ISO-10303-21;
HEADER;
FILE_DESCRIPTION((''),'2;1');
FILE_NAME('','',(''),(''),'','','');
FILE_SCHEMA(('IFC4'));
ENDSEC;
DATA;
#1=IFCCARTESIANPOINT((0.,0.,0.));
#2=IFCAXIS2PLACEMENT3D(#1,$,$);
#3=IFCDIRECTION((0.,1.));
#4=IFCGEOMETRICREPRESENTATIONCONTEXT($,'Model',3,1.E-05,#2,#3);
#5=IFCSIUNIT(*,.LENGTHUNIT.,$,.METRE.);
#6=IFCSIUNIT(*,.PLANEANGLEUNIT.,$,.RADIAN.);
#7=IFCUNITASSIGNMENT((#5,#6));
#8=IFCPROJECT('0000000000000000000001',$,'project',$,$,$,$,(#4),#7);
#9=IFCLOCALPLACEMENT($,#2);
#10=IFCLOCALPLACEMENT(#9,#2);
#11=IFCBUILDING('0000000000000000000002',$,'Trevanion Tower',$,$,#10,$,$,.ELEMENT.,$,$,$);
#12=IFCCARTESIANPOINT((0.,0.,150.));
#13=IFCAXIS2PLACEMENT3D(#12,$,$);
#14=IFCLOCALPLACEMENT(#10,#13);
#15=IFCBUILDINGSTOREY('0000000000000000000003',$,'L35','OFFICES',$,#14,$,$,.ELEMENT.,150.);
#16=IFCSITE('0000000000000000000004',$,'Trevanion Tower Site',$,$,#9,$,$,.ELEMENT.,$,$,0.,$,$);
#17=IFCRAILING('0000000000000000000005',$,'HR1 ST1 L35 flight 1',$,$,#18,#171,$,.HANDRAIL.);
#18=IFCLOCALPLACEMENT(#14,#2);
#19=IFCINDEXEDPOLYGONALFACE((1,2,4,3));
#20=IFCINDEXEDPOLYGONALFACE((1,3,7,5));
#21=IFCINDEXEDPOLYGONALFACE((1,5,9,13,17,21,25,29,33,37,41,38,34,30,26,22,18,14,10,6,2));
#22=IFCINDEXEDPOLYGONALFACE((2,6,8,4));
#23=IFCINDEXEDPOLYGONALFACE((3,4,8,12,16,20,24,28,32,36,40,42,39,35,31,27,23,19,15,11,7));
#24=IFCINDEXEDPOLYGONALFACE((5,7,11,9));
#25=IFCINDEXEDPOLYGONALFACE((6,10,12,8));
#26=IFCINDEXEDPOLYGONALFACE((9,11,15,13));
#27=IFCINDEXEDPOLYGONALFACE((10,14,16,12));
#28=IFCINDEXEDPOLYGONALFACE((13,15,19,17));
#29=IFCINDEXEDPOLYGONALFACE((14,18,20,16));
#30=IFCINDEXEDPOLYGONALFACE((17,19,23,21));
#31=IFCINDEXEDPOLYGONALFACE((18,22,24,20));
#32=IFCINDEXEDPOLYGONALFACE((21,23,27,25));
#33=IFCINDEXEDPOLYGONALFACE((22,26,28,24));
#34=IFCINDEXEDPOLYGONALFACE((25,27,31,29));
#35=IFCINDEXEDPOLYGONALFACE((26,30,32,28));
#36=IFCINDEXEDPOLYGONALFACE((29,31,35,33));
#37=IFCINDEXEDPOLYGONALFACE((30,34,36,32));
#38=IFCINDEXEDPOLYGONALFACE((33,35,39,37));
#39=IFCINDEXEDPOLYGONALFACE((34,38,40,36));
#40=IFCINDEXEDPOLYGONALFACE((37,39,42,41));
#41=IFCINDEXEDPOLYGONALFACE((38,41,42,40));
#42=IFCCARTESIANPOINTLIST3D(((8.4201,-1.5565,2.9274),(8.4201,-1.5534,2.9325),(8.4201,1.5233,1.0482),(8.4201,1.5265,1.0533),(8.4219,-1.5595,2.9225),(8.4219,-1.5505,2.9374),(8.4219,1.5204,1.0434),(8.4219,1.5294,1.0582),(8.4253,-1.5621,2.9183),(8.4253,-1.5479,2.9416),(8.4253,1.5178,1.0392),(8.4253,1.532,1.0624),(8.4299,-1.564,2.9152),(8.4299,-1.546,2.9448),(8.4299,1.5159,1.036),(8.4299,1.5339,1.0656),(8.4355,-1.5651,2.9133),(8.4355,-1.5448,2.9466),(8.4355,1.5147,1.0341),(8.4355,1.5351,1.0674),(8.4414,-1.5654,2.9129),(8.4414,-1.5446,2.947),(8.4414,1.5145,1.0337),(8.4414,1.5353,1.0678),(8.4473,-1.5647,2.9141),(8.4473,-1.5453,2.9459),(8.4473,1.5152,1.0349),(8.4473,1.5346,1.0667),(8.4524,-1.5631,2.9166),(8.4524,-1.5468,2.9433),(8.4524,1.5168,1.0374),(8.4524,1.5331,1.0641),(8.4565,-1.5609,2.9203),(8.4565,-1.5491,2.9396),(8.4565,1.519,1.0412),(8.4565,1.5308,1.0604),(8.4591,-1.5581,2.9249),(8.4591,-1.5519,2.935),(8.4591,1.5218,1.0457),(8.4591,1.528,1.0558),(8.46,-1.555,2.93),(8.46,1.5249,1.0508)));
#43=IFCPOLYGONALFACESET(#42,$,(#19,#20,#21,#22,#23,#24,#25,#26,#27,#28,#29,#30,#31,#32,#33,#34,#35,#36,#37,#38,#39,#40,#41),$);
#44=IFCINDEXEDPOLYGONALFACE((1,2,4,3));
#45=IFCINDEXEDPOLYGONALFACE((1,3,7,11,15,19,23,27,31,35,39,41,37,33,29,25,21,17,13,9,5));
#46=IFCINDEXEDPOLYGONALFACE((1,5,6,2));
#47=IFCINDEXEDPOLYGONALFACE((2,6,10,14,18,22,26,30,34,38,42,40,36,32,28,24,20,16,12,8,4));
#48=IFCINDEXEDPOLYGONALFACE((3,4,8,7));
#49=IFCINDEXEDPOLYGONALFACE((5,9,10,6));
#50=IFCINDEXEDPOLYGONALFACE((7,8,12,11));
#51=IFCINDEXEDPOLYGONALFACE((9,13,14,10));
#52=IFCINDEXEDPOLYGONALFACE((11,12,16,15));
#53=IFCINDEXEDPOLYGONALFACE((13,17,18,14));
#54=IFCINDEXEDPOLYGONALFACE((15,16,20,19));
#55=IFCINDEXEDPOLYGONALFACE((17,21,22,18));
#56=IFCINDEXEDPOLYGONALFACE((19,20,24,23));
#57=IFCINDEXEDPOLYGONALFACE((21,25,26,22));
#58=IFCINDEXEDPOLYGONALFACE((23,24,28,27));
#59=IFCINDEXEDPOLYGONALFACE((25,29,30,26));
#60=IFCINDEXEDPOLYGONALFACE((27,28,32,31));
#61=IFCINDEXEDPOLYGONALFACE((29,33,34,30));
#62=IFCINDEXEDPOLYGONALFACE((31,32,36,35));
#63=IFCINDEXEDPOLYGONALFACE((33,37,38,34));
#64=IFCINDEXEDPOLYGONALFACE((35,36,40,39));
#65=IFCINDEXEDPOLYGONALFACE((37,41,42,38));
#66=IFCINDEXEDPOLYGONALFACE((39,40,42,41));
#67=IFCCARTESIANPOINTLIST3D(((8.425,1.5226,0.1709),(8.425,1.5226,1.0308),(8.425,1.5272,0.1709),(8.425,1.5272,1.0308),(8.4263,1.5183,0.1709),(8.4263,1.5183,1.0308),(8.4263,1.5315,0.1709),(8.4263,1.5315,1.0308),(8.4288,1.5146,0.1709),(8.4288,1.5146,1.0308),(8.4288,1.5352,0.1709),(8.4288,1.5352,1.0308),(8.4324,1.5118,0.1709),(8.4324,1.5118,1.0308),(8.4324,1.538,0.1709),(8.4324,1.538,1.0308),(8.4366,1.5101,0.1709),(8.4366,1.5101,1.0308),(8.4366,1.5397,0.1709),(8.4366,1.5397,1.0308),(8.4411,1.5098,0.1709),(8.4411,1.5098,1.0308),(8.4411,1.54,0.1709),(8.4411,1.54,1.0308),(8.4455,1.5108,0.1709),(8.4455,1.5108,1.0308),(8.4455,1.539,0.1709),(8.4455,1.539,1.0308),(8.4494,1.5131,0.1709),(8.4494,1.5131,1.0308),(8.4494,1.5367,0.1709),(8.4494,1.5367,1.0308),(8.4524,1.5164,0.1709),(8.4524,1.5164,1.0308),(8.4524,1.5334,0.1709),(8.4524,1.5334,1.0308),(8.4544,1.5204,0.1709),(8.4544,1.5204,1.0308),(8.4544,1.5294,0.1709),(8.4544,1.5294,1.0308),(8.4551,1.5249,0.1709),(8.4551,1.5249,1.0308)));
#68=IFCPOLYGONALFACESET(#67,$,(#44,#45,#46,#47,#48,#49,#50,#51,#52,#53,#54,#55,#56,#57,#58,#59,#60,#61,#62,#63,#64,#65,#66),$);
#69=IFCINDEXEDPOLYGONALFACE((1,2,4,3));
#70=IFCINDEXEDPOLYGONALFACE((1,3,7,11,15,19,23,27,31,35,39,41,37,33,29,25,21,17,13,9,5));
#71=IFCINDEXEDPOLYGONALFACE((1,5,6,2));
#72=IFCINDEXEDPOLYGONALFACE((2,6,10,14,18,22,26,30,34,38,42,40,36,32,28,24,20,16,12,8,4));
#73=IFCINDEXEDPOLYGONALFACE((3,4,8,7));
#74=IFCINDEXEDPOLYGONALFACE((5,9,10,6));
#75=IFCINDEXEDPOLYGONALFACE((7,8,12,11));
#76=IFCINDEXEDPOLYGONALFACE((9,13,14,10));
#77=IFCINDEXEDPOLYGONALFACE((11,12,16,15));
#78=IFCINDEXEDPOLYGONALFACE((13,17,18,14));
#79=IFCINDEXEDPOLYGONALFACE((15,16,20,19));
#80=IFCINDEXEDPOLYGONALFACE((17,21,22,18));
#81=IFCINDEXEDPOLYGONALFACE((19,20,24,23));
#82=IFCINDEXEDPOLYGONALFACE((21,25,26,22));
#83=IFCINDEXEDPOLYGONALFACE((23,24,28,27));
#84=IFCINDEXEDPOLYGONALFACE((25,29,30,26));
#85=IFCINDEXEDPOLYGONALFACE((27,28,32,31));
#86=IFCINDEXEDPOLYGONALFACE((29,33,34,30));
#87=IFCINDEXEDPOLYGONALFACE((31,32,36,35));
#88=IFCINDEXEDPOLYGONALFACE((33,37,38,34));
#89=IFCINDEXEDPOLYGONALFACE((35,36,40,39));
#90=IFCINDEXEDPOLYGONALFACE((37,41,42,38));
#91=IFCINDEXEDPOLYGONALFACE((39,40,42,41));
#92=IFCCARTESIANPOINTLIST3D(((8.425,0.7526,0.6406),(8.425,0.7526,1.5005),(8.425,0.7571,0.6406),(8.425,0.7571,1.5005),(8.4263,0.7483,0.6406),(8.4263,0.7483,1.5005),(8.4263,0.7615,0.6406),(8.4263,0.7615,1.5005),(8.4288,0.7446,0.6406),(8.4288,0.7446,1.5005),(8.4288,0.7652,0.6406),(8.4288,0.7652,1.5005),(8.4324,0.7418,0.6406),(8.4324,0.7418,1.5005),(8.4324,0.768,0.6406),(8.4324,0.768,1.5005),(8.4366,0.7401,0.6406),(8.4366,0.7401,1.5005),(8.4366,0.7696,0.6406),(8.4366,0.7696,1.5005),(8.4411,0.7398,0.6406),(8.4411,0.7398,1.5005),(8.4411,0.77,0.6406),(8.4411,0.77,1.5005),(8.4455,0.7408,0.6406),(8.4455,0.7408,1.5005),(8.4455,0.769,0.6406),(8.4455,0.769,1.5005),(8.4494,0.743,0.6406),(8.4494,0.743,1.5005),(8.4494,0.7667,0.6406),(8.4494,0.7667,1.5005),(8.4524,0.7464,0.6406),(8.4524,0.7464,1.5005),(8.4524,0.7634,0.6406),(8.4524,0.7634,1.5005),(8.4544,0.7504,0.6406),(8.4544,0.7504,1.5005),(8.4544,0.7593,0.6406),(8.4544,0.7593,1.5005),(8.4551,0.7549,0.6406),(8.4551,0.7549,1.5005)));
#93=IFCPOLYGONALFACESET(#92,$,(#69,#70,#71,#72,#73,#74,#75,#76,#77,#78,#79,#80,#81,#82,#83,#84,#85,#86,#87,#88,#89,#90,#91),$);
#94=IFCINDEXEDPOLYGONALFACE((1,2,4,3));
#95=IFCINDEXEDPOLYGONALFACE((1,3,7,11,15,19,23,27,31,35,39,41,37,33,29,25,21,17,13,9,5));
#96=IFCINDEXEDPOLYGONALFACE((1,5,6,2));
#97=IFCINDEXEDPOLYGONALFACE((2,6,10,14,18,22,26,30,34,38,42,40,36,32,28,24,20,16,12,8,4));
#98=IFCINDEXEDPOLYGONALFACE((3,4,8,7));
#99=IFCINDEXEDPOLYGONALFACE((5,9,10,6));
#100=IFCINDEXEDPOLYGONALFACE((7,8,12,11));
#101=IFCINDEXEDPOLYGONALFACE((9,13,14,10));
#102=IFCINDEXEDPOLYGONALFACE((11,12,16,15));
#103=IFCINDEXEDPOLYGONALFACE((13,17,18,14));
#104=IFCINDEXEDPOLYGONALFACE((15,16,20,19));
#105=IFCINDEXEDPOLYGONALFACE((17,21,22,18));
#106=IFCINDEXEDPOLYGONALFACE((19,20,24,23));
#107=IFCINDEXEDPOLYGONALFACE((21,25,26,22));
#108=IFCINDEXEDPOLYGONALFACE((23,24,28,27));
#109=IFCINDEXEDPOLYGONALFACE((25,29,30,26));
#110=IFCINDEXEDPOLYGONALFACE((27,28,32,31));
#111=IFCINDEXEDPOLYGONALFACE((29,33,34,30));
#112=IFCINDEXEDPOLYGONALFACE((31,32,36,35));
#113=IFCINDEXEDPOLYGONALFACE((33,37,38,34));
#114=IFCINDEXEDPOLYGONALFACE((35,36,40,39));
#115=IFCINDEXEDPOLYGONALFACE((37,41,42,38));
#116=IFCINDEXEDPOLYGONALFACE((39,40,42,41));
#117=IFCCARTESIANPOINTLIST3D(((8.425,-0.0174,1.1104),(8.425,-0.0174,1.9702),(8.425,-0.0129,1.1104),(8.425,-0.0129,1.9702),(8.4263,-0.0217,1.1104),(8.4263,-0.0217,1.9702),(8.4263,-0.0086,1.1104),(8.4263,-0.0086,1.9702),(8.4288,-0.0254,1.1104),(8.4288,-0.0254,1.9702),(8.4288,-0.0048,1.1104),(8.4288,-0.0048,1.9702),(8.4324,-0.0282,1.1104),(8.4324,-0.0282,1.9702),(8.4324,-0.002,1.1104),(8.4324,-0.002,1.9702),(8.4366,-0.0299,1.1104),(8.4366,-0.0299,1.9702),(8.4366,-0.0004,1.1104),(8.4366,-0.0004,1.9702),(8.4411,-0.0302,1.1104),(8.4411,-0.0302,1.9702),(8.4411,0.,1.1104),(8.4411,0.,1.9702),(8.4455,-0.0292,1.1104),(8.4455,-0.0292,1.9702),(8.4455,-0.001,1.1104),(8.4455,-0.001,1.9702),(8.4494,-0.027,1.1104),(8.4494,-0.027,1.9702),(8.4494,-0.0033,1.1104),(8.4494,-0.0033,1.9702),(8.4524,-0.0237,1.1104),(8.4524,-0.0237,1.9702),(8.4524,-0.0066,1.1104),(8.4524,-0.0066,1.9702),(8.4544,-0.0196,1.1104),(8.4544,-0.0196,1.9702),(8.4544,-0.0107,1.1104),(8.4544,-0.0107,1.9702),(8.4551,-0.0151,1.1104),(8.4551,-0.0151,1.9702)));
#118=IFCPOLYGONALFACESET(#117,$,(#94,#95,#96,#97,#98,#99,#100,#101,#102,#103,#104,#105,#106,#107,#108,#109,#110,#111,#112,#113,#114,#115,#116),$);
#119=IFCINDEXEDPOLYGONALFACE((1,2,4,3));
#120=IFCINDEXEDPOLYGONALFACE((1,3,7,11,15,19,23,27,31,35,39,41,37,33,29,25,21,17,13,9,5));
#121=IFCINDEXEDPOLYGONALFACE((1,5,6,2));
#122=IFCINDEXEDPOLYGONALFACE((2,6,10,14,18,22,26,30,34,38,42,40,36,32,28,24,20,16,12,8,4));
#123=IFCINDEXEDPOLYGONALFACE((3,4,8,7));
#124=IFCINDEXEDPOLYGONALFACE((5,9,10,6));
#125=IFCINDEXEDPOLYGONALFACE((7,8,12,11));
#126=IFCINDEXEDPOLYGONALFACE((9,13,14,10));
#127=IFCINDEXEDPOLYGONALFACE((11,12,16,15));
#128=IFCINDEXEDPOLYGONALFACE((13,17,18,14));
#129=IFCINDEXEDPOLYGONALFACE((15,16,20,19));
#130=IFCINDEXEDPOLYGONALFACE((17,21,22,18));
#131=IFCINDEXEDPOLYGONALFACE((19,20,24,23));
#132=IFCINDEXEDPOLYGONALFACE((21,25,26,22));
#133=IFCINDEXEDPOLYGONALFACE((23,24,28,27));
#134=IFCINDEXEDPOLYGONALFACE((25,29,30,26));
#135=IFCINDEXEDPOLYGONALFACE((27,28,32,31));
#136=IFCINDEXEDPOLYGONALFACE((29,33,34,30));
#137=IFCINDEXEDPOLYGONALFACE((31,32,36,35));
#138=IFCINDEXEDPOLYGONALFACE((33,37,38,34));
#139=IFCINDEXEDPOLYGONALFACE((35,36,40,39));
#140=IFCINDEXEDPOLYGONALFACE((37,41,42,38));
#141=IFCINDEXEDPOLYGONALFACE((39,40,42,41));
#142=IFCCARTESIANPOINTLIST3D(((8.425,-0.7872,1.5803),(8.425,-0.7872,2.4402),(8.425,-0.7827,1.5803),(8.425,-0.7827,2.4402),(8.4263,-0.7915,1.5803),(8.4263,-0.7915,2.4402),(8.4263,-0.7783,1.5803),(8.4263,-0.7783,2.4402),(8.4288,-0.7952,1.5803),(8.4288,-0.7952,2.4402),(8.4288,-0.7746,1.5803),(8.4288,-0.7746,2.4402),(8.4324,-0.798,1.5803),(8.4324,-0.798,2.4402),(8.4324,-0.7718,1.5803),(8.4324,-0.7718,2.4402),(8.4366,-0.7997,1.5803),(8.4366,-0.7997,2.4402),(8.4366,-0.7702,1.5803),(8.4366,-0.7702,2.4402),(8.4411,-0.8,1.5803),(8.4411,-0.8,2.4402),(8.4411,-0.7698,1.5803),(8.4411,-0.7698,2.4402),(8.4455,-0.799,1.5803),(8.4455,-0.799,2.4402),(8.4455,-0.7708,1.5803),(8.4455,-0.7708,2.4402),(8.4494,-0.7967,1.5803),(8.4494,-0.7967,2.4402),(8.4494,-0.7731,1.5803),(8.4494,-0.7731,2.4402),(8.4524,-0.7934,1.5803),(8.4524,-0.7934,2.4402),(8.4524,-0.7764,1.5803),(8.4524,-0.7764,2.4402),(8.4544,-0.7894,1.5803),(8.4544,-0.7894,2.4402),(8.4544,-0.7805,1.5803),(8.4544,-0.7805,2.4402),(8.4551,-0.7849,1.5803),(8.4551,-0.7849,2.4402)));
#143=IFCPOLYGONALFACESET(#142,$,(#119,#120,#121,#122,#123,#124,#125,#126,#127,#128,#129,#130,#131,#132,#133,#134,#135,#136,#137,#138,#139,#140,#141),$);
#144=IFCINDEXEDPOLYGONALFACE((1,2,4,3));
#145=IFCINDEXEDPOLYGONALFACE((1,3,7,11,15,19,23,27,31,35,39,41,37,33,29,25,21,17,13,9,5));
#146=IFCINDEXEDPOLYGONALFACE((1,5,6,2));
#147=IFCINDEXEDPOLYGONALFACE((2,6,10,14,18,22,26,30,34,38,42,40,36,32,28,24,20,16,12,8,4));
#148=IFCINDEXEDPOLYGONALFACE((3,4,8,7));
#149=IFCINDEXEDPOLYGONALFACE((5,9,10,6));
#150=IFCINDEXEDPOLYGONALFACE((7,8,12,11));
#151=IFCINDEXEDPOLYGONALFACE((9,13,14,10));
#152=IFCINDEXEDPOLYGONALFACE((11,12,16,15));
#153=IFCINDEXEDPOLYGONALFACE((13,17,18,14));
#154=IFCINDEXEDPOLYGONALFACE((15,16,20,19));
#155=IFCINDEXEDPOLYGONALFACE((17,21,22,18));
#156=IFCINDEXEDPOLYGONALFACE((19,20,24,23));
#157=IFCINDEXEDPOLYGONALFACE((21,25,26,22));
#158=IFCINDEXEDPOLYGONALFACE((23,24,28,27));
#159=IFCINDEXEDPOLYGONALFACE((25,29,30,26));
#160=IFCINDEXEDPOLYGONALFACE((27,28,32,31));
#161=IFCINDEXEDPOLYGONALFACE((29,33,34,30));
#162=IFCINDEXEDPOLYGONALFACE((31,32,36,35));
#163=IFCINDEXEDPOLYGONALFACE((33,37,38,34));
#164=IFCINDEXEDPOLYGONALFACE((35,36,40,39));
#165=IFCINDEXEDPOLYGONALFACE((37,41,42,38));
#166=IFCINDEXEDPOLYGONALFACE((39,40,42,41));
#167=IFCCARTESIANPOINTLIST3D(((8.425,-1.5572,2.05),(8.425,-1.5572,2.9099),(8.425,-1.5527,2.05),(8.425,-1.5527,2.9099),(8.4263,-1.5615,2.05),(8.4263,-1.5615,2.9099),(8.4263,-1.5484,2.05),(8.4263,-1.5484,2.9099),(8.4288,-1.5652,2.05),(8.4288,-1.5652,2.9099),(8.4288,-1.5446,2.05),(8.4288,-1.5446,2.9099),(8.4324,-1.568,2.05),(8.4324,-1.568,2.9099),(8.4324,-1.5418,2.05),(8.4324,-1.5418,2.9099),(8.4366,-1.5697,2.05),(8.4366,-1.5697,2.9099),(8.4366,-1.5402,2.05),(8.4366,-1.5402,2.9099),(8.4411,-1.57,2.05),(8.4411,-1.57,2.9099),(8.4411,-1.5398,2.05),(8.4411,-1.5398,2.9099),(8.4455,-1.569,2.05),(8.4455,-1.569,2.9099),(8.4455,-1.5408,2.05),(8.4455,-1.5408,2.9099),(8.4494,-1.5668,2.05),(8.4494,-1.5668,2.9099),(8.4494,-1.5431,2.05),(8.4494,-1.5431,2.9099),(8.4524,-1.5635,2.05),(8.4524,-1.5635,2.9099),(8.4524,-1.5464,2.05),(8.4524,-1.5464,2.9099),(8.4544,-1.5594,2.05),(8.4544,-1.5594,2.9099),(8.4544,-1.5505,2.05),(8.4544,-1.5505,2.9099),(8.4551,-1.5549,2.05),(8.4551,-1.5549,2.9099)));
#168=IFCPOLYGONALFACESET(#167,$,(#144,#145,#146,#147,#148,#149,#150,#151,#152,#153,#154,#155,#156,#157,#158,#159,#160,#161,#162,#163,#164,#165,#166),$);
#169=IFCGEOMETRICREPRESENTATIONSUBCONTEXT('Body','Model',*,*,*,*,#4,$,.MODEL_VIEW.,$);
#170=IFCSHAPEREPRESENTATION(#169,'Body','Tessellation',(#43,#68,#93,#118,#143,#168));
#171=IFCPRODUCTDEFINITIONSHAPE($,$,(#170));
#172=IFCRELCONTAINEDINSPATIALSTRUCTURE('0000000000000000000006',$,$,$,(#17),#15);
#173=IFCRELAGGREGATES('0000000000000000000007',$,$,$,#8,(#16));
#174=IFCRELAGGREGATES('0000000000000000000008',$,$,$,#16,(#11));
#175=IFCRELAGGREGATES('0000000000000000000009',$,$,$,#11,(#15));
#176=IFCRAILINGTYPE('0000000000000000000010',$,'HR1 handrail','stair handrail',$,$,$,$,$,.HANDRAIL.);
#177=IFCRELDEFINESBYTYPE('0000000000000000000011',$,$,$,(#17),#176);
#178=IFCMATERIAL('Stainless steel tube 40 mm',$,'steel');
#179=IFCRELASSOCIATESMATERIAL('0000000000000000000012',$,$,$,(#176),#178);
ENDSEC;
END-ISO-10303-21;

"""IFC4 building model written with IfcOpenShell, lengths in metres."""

from ifc_helpers import new_model, si_unit, direction, frame, origin, origin_2d, place, context, subcontext, project, spatial, circle, extrude, material, type_object, element, save


model = new_model("IFC4")

# Units and contexts
model_context = context("Model", 3, precision=1e-05, world=origin(), true_north=direction((0.0, 1.0)))
body_context = subcontext(model_context, "Body", "Model", "MODEL_VIEW")
ifc_project = project(units=[si_unit("LENGTHUNIT", "METRE"), si_unit("PLANEANGLEUNIT", "RADIAN")], contexts=[model_context])

# Site, building, storey
site_placement = place(None, origin())
site = spatial("IfcSite", under=ifc_project, at=site_placement, Name="Trevanion Tower Site", CompositionType="ELEMENT", RefElevation=0.0)
building_placement = place(site_placement, origin())
building = spatial("IfcBuilding", under=site, at=building_placement, Name="Trevanion Tower", CompositionType="ELEMENT")
storey_placement = place(building_placement, frame((0.0, 0.0, 150.0)))
storey = spatial("IfcBuildingStorey", under=building, at=storey_placement, Name="L35", Description="OFFICES", CompositionType="ELEMENT", Elevation=150.0)

# Railing
ifc_material_1 = material(Name="Stainless steel tube 40 mm", Category="steel")
railing_type = type_object("IfcRailingType", Name="HR1 handrail", Description="stair handrail", PredefinedType="HANDRAIL", material=ifc_material_1)
for number, where, name in (
    (1, (8.4399, 1.5249, 0.1709), "HR1 ST1 L35 flight 1"),
):
    element("IfcRailing", number, at=place(storey_placement, frame(where)), inside=storey, type_object=railing_type, Name=name, PredefinedType="HANDRAIL", context=body_context, shape_type="SweptSolid", body=[
        extrude(circle(Radius=0.02, at=origin_2d()), frame((0.0, 0.0, 0.8799), z_axis=(0.0, -0.853648, 0.52085), x_axis=(1.0, 0.0, 0.0)), (0.0, 0.0, 1.0), 3.6079),
        extrude(circle(Radius=0.0151, at=origin_2d()), origin(), (0.0, 0.0, 1.0), 0.8599),
        extrude(circle(Radius=0.0151, at=origin_2d()), frame((0.0, -0.77, 0.4697)), (0.0, 0.0, 1.0), 0.8599),
        extrude(circle(Radius=0.0151, at=origin_2d()), frame((0.0, -1.54, 0.9395)), (0.0, 0.0, 1.0), 0.8599),
        extrude(circle(Radius=0.0151, at=origin_2d()), frame((0.0, -2.3098, 1.4094)), (0.0, 0.0, 1.0), 0.8599),
        extrude(circle(Radius=0.0151, at=origin_2d()), frame((0.0, -3.0798, 1.8792)), (0.0, 0.0, 1.0), 0.8599),
    ])

save(model, "model.ifc")
